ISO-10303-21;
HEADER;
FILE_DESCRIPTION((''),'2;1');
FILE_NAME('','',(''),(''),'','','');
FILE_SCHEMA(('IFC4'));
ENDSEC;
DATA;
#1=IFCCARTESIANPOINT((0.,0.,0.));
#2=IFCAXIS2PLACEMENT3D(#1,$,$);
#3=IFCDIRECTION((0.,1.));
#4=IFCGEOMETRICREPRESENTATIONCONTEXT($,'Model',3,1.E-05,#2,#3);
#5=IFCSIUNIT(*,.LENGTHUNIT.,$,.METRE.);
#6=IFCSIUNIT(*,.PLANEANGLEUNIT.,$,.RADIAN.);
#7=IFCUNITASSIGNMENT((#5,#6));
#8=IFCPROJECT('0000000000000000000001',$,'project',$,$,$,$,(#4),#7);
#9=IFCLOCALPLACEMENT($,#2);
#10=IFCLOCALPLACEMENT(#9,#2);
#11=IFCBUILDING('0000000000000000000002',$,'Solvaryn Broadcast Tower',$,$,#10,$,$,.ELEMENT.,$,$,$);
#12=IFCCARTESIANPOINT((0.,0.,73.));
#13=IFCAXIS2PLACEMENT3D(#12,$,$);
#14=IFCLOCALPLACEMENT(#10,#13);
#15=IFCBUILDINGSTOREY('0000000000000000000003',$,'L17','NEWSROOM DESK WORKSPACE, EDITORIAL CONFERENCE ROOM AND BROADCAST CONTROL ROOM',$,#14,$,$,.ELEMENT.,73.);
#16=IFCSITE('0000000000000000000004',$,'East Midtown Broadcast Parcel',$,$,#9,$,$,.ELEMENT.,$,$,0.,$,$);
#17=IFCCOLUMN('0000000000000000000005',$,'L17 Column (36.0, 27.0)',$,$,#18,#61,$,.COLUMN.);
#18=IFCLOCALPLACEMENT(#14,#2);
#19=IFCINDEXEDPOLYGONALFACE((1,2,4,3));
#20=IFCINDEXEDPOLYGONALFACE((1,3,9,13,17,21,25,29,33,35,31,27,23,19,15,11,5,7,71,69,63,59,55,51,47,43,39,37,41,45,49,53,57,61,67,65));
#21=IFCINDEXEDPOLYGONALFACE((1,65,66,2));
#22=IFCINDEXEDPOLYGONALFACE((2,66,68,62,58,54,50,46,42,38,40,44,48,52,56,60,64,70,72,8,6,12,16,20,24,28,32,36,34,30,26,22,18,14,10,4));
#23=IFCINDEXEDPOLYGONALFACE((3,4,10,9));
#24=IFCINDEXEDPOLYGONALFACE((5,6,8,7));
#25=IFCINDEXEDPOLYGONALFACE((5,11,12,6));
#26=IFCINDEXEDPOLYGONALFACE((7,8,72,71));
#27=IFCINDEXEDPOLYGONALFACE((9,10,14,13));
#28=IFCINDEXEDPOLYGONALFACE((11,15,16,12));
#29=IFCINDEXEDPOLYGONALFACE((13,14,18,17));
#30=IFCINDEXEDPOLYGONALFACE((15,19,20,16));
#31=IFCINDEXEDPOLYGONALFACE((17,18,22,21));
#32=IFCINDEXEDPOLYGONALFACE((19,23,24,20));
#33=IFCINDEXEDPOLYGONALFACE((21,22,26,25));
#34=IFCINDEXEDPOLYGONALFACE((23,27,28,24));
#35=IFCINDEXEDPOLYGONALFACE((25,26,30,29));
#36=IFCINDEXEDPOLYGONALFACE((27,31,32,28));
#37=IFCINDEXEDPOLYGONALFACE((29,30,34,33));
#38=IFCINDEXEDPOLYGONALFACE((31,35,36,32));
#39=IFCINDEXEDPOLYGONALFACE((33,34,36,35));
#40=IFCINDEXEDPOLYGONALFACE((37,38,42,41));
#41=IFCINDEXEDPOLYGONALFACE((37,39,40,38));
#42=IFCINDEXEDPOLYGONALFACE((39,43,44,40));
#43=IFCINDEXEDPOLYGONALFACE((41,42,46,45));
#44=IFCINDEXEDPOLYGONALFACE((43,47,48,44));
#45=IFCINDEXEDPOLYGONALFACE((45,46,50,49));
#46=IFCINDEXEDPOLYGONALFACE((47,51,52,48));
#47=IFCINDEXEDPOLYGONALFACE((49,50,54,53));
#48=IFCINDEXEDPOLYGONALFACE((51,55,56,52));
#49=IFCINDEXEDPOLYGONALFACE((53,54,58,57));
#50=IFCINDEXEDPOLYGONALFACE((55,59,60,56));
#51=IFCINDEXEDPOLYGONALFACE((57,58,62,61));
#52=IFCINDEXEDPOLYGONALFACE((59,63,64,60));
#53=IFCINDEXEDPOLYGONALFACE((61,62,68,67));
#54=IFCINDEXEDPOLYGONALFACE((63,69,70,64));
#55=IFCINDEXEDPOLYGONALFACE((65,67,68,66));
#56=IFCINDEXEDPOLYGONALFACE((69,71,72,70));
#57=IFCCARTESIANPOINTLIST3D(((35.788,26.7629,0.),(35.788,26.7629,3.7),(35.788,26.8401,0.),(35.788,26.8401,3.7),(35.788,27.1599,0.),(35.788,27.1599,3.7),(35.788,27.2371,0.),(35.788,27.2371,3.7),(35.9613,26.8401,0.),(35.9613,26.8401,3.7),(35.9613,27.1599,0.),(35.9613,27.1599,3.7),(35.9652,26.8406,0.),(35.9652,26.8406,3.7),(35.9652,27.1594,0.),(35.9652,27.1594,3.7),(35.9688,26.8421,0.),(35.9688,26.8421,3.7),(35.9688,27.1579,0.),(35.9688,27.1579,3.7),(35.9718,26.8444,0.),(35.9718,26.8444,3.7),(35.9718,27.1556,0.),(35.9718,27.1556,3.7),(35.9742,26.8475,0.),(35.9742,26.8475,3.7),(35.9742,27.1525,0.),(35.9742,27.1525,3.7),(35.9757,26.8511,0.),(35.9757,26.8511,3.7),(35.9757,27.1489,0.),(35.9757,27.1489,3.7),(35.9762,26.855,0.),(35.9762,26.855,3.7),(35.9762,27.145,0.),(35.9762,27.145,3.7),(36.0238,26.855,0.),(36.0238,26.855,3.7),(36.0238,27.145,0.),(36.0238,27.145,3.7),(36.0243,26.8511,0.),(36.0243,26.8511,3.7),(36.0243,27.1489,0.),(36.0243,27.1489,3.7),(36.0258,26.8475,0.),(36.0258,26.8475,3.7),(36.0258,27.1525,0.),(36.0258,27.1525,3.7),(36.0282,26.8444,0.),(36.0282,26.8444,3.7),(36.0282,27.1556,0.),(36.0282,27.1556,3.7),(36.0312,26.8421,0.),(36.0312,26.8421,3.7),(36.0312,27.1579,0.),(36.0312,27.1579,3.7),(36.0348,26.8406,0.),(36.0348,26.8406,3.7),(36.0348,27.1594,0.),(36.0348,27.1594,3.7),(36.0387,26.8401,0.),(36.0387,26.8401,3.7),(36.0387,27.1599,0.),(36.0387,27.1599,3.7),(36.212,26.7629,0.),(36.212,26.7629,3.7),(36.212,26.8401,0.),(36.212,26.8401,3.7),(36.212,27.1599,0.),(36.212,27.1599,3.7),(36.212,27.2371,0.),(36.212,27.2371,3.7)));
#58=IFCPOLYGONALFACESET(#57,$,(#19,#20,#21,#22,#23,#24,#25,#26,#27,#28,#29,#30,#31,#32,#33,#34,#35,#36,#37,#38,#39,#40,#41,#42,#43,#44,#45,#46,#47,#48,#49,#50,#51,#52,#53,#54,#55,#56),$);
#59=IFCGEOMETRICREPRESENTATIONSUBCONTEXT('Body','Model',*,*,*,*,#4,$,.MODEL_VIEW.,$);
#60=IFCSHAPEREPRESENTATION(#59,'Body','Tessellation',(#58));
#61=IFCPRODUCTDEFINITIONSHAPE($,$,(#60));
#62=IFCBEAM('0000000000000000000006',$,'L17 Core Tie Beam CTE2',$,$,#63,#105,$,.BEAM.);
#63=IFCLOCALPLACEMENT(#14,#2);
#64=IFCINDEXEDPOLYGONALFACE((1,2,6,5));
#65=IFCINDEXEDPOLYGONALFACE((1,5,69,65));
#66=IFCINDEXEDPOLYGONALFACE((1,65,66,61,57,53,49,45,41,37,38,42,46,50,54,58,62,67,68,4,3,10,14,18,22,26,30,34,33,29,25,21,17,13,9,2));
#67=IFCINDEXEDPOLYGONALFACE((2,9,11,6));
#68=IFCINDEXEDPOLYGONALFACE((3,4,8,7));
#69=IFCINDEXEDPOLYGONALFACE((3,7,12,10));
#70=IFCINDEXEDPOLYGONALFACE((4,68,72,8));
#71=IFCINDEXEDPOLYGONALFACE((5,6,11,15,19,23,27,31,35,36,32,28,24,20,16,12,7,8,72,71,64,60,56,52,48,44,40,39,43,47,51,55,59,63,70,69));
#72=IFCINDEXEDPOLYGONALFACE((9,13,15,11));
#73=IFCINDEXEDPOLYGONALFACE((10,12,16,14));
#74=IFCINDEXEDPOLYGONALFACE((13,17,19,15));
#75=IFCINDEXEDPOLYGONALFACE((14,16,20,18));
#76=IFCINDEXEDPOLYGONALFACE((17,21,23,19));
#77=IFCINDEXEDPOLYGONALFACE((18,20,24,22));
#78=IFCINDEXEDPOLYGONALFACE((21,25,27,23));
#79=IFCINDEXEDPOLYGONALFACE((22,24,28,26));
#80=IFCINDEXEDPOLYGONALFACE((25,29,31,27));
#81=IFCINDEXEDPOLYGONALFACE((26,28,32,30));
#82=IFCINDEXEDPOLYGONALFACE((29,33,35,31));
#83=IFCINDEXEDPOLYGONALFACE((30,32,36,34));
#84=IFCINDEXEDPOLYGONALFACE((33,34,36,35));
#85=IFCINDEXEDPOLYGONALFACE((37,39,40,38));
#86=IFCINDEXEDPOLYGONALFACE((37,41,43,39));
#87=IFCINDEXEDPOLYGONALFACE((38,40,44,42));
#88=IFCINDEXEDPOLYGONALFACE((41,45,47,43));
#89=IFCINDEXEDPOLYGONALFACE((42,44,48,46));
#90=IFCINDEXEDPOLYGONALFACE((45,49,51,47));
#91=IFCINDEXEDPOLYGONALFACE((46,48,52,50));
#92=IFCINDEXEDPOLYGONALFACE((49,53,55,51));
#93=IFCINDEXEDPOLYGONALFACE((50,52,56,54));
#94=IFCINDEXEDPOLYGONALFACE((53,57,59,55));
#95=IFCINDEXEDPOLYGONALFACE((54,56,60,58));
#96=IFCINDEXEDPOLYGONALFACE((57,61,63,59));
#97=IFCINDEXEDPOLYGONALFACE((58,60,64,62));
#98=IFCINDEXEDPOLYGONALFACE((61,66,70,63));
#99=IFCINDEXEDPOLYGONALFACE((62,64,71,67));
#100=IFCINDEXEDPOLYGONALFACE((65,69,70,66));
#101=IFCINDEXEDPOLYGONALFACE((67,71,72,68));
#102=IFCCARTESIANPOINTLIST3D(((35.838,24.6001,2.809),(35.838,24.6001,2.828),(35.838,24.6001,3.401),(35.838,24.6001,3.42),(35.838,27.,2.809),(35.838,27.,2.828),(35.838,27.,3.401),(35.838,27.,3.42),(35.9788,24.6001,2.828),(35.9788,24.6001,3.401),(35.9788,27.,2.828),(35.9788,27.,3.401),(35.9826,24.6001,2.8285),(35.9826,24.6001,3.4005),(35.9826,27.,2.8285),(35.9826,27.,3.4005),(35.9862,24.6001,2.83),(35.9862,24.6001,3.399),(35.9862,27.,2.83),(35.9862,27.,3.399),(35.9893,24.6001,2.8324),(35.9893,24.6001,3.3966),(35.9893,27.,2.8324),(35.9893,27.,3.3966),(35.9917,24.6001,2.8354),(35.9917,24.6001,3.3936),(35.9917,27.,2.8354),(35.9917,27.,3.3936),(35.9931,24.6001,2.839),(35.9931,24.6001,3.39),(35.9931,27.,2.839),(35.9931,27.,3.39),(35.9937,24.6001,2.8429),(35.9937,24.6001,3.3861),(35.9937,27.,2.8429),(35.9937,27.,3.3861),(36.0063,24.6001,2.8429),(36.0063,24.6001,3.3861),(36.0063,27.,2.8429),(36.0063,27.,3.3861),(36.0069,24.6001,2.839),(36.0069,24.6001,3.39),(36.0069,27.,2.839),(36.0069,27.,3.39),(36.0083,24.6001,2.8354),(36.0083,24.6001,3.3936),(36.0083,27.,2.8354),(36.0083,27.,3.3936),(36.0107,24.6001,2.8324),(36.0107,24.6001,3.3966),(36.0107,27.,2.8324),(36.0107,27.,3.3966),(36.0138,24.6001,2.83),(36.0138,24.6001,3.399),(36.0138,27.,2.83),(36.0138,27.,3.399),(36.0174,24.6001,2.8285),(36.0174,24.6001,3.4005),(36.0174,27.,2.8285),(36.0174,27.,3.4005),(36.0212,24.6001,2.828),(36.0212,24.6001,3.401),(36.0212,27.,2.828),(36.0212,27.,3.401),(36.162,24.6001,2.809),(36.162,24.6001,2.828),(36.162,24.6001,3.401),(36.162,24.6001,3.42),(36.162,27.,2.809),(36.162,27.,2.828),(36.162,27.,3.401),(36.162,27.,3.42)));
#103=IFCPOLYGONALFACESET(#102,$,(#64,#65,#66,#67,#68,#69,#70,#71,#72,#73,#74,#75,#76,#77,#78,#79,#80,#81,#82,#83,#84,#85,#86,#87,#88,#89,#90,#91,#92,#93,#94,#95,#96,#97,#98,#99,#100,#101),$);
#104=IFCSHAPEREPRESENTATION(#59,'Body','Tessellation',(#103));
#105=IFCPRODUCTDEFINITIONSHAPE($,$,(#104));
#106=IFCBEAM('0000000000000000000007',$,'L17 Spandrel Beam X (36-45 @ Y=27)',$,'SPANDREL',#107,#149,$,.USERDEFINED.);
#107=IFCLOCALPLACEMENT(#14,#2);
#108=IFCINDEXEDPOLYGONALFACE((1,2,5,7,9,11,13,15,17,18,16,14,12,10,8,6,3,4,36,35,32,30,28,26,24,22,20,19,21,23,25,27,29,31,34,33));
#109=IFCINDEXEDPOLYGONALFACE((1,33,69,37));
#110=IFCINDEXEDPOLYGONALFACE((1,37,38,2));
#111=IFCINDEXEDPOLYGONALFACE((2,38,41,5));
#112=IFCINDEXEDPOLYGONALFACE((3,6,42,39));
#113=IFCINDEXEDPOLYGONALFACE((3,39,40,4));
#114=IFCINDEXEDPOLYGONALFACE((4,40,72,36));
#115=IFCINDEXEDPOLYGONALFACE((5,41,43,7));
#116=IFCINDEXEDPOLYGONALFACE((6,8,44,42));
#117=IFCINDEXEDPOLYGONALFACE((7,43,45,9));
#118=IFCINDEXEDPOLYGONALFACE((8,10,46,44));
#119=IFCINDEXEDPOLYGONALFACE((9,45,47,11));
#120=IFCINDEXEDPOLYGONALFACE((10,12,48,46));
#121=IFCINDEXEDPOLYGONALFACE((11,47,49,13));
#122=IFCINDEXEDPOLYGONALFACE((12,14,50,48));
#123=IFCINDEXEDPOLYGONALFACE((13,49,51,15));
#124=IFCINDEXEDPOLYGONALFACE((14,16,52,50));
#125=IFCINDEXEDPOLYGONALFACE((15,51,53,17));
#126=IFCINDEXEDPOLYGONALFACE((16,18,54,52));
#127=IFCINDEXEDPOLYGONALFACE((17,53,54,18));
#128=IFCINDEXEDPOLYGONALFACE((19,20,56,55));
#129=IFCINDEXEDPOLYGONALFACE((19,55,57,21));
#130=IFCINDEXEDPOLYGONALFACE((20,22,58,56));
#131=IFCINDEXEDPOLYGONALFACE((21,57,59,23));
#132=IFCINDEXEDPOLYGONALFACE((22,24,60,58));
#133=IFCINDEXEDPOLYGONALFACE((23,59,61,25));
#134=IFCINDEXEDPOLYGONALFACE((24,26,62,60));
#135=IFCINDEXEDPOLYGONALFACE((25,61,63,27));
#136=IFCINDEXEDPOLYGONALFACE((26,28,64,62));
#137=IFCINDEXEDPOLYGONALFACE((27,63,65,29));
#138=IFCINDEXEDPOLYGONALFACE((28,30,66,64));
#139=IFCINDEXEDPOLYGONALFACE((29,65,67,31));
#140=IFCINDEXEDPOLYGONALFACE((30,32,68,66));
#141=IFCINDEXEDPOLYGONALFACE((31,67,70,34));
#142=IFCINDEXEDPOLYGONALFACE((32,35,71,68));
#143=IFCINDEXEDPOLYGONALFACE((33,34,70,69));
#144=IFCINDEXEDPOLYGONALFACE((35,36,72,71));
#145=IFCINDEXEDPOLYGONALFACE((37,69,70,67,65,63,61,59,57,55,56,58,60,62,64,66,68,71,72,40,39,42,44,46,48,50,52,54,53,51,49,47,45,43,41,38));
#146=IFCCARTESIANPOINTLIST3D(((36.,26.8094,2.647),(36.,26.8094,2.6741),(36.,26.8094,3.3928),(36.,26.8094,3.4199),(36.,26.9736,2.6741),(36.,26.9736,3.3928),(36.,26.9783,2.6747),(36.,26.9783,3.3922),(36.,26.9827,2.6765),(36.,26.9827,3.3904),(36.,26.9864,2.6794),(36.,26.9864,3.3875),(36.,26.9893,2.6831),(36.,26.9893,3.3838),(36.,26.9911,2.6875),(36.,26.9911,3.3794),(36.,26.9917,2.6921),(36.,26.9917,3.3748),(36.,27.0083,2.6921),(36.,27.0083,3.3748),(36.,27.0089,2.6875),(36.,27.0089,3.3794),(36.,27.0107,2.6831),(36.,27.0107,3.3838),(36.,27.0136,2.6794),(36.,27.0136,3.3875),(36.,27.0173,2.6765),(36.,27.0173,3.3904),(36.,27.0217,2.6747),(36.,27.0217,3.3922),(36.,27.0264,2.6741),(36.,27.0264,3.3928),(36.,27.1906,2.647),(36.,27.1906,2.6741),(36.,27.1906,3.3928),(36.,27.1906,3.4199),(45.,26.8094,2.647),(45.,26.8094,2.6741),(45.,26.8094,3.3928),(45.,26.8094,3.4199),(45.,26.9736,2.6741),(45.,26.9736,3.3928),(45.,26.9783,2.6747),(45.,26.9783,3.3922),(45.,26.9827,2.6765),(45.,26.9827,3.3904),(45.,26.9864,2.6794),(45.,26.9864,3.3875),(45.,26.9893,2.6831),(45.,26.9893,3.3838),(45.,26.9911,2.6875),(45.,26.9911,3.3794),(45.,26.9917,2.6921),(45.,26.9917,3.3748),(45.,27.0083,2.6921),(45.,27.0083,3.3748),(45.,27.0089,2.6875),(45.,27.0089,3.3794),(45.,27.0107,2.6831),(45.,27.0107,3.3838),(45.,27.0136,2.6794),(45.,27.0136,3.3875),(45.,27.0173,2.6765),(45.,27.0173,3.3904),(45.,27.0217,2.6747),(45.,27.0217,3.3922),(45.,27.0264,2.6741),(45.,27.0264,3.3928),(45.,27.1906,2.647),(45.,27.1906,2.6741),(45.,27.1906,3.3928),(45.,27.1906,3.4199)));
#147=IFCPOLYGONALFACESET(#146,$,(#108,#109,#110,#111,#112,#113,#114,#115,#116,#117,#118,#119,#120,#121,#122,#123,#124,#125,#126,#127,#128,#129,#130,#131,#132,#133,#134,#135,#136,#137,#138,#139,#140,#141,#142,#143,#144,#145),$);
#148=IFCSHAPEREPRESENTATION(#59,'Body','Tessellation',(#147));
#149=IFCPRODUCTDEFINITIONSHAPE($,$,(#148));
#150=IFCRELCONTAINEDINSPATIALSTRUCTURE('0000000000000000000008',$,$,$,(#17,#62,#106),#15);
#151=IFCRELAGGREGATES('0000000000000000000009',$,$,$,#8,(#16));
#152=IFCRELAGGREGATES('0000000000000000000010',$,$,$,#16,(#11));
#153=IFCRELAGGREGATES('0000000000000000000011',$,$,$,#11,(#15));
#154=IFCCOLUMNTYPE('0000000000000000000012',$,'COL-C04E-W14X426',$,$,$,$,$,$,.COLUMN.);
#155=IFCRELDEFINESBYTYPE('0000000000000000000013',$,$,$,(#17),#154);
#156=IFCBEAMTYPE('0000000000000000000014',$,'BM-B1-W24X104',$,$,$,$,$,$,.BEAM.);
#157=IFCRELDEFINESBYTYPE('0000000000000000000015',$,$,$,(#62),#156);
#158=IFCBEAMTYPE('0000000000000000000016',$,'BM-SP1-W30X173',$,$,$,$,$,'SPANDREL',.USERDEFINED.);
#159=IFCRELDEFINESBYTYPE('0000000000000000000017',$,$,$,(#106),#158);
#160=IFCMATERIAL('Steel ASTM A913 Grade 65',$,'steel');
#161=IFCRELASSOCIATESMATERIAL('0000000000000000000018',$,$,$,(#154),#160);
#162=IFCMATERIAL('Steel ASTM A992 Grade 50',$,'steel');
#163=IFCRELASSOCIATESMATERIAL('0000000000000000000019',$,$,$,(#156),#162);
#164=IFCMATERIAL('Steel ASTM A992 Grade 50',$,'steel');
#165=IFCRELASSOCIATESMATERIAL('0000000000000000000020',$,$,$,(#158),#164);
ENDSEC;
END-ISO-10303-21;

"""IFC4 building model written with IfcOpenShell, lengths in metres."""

from ifc_helpers import new_model, si_unit, direction, frame, origin, origin_2d, place, context, subcontext, project, spatial, i_section, extrude, material, material_profile, profile_set, type_object, element, save


model = new_model("IFC4")

# Units and contexts
model_context = context("Model", 3, precision=1e-05, world=origin(), true_north=direction((0.0, 1.0)))
body_context = subcontext(model_context, "Body", "Model", "MODEL_VIEW")
ifc_project = project(units=[si_unit("LENGTHUNIT", "METRE"), si_unit("PLANEANGLEUNIT", "RADIAN")], contexts=[model_context])

# Site, building, storey
site_placement = place(None, origin())
site = spatial("IfcSite", under=ifc_project, at=site_placement, Name="East Midtown Broadcast Parcel", CompositionType="ELEMENT", RefElevation=0.0)
building_placement = place(site_placement, origin())
building = spatial("IfcBuilding", under=site, at=building_placement, Name="Solvaryn Broadcast Tower", CompositionType="ELEMENT")
storey_placement = place(building_placement, frame((0.0, 0.0, 73.0)))
storey = spatial("IfcBuildingStorey", under=building, at=storey_placement, Name="L17", Description="NEWSROOM DESK WORKSPACE, EDITORIAL CONFERENCE ROOM AND BROADCAST CONTROL ROOM", CompositionType="ELEMENT", Elevation=73.0)

# Column
ifc_material_1 = material(Name="Steel ASTM A913 Grade 65", Category="steel")
ifc_material_profile_1 = material_profile(ifc_material_1, i_section(OverallWidth=0.4241, OverallDepth=0.4741, WebThickness=0.0476, FlangeThickness=0.0771, FilletRadius=0.0149, at=origin_2d()))
ifc_profile_set_1 = profile_set([ifc_material_profile_1], Name="Steel ASTM A913 Grade 65")
column_type = type_object("IfcColumnType", Name="COL-C04E-W14X426", PredefinedType="COLUMN", material=ifc_profile_set_1)
column_placement = place(storey_placement, frame((36.0, 27.0, 0.0), z_axis=(0.0, 0.0, 1.0), x_axis=(1.0, 0.0, 0.0)))
element("IfcColumn", 1, at=column_placement, inside=storey, type_object=column_type, Name="L17 Column (36.0, 27.0)", PredefinedType="COLUMN", context=body_context, shape_type="SweptSolid", body=[
    extrude(i_section(OverallWidth=0.4241, OverallDepth=0.4741, WebThickness=0.0476, FlangeThickness=0.0771, FilletRadius=0.0149, at=origin_2d()), origin(), (0.0, 0.0, 1.0), 3.7),
])

# Beams
ifc_material_2 = material(Name="Steel ASTM A992 Grade 50", Category="steel")
ifc_material_profile_2 = material_profile(ifc_material_2, i_section(OverallWidth=0.324, OverallDepth=0.6111, WebThickness=0.0127, FlangeThickness=0.019, FilletRadius=0.0149, at=origin_2d()))
ifc_profile_set_2 = profile_set([ifc_material_profile_2], Name="Steel ASTM A992 Grade 50")
beam_type_1 = type_object("IfcBeamType", Name="BM-B1-W24X104", PredefinedType="BEAM", material=ifc_profile_set_2)
beam_1_placement = place(storey_placement, frame((36.0, 24.6001, 3.1145), z_axis=(0.0, 1.0, 0.0), x_axis=(-1.0, 0.0, 0.0)))
element("IfcBeam", 2, at=beam_1_placement, inside=storey, type_object=beam_type_1, Name="L17 Core Tie Beam CTE2", PredefinedType="BEAM", context=body_context, shape_type="SweptSolid", body=[
    extrude(i_section(OverallWidth=0.324, OverallDepth=0.6111, WebThickness=0.0127, FlangeThickness=0.019, FilletRadius=0.0149, at=origin_2d()), origin(), (0.0, 0.0, 1.0), 2.3999),
])
ifc_material_3 = material(Name="Steel ASTM A992 Grade 50", Category="steel")
ifc_material_profile_3 = material_profile(ifc_material_3, i_section(OverallWidth=0.3811, OverallDepth=0.7729, WebThickness=0.0166, FlangeThickness=0.0271, FilletRadius=0.0181, at=origin_2d()))
ifc_profile_set_3 = profile_set([ifc_material_profile_3], Name="Steel ASTM A992 Grade 50")
beam_type_2 = type_object("IfcBeamType", Name="BM-SP1-W30X173", ElementType="SPANDREL", PredefinedType="USERDEFINED", material=ifc_profile_set_3)
beam_2_placement = place(storey_placement, frame((36.0, 27.0, 3.0334), z_axis=(1.0, 0.0, 0.0), x_axis=(0.0, 1.0, 0.0)))
element("IfcBeam", 3, at=beam_2_placement, inside=storey, type_object=beam_type_2, Name="L17 Spandrel Beam X (36-45 @ Y=27)", ObjectType="SPANDREL", PredefinedType="USERDEFINED", context=body_context, shape_type="SweptSolid", body=[
    extrude(i_section(OverallWidth=0.3811, OverallDepth=0.7729, WebThickness=0.0166, FlangeThickness=0.0271, FilletRadius=0.0181, at=origin_2d()), origin(), (0.0, 0.0, 1.0), 9.0),
])

save(model, "model.ifc")
